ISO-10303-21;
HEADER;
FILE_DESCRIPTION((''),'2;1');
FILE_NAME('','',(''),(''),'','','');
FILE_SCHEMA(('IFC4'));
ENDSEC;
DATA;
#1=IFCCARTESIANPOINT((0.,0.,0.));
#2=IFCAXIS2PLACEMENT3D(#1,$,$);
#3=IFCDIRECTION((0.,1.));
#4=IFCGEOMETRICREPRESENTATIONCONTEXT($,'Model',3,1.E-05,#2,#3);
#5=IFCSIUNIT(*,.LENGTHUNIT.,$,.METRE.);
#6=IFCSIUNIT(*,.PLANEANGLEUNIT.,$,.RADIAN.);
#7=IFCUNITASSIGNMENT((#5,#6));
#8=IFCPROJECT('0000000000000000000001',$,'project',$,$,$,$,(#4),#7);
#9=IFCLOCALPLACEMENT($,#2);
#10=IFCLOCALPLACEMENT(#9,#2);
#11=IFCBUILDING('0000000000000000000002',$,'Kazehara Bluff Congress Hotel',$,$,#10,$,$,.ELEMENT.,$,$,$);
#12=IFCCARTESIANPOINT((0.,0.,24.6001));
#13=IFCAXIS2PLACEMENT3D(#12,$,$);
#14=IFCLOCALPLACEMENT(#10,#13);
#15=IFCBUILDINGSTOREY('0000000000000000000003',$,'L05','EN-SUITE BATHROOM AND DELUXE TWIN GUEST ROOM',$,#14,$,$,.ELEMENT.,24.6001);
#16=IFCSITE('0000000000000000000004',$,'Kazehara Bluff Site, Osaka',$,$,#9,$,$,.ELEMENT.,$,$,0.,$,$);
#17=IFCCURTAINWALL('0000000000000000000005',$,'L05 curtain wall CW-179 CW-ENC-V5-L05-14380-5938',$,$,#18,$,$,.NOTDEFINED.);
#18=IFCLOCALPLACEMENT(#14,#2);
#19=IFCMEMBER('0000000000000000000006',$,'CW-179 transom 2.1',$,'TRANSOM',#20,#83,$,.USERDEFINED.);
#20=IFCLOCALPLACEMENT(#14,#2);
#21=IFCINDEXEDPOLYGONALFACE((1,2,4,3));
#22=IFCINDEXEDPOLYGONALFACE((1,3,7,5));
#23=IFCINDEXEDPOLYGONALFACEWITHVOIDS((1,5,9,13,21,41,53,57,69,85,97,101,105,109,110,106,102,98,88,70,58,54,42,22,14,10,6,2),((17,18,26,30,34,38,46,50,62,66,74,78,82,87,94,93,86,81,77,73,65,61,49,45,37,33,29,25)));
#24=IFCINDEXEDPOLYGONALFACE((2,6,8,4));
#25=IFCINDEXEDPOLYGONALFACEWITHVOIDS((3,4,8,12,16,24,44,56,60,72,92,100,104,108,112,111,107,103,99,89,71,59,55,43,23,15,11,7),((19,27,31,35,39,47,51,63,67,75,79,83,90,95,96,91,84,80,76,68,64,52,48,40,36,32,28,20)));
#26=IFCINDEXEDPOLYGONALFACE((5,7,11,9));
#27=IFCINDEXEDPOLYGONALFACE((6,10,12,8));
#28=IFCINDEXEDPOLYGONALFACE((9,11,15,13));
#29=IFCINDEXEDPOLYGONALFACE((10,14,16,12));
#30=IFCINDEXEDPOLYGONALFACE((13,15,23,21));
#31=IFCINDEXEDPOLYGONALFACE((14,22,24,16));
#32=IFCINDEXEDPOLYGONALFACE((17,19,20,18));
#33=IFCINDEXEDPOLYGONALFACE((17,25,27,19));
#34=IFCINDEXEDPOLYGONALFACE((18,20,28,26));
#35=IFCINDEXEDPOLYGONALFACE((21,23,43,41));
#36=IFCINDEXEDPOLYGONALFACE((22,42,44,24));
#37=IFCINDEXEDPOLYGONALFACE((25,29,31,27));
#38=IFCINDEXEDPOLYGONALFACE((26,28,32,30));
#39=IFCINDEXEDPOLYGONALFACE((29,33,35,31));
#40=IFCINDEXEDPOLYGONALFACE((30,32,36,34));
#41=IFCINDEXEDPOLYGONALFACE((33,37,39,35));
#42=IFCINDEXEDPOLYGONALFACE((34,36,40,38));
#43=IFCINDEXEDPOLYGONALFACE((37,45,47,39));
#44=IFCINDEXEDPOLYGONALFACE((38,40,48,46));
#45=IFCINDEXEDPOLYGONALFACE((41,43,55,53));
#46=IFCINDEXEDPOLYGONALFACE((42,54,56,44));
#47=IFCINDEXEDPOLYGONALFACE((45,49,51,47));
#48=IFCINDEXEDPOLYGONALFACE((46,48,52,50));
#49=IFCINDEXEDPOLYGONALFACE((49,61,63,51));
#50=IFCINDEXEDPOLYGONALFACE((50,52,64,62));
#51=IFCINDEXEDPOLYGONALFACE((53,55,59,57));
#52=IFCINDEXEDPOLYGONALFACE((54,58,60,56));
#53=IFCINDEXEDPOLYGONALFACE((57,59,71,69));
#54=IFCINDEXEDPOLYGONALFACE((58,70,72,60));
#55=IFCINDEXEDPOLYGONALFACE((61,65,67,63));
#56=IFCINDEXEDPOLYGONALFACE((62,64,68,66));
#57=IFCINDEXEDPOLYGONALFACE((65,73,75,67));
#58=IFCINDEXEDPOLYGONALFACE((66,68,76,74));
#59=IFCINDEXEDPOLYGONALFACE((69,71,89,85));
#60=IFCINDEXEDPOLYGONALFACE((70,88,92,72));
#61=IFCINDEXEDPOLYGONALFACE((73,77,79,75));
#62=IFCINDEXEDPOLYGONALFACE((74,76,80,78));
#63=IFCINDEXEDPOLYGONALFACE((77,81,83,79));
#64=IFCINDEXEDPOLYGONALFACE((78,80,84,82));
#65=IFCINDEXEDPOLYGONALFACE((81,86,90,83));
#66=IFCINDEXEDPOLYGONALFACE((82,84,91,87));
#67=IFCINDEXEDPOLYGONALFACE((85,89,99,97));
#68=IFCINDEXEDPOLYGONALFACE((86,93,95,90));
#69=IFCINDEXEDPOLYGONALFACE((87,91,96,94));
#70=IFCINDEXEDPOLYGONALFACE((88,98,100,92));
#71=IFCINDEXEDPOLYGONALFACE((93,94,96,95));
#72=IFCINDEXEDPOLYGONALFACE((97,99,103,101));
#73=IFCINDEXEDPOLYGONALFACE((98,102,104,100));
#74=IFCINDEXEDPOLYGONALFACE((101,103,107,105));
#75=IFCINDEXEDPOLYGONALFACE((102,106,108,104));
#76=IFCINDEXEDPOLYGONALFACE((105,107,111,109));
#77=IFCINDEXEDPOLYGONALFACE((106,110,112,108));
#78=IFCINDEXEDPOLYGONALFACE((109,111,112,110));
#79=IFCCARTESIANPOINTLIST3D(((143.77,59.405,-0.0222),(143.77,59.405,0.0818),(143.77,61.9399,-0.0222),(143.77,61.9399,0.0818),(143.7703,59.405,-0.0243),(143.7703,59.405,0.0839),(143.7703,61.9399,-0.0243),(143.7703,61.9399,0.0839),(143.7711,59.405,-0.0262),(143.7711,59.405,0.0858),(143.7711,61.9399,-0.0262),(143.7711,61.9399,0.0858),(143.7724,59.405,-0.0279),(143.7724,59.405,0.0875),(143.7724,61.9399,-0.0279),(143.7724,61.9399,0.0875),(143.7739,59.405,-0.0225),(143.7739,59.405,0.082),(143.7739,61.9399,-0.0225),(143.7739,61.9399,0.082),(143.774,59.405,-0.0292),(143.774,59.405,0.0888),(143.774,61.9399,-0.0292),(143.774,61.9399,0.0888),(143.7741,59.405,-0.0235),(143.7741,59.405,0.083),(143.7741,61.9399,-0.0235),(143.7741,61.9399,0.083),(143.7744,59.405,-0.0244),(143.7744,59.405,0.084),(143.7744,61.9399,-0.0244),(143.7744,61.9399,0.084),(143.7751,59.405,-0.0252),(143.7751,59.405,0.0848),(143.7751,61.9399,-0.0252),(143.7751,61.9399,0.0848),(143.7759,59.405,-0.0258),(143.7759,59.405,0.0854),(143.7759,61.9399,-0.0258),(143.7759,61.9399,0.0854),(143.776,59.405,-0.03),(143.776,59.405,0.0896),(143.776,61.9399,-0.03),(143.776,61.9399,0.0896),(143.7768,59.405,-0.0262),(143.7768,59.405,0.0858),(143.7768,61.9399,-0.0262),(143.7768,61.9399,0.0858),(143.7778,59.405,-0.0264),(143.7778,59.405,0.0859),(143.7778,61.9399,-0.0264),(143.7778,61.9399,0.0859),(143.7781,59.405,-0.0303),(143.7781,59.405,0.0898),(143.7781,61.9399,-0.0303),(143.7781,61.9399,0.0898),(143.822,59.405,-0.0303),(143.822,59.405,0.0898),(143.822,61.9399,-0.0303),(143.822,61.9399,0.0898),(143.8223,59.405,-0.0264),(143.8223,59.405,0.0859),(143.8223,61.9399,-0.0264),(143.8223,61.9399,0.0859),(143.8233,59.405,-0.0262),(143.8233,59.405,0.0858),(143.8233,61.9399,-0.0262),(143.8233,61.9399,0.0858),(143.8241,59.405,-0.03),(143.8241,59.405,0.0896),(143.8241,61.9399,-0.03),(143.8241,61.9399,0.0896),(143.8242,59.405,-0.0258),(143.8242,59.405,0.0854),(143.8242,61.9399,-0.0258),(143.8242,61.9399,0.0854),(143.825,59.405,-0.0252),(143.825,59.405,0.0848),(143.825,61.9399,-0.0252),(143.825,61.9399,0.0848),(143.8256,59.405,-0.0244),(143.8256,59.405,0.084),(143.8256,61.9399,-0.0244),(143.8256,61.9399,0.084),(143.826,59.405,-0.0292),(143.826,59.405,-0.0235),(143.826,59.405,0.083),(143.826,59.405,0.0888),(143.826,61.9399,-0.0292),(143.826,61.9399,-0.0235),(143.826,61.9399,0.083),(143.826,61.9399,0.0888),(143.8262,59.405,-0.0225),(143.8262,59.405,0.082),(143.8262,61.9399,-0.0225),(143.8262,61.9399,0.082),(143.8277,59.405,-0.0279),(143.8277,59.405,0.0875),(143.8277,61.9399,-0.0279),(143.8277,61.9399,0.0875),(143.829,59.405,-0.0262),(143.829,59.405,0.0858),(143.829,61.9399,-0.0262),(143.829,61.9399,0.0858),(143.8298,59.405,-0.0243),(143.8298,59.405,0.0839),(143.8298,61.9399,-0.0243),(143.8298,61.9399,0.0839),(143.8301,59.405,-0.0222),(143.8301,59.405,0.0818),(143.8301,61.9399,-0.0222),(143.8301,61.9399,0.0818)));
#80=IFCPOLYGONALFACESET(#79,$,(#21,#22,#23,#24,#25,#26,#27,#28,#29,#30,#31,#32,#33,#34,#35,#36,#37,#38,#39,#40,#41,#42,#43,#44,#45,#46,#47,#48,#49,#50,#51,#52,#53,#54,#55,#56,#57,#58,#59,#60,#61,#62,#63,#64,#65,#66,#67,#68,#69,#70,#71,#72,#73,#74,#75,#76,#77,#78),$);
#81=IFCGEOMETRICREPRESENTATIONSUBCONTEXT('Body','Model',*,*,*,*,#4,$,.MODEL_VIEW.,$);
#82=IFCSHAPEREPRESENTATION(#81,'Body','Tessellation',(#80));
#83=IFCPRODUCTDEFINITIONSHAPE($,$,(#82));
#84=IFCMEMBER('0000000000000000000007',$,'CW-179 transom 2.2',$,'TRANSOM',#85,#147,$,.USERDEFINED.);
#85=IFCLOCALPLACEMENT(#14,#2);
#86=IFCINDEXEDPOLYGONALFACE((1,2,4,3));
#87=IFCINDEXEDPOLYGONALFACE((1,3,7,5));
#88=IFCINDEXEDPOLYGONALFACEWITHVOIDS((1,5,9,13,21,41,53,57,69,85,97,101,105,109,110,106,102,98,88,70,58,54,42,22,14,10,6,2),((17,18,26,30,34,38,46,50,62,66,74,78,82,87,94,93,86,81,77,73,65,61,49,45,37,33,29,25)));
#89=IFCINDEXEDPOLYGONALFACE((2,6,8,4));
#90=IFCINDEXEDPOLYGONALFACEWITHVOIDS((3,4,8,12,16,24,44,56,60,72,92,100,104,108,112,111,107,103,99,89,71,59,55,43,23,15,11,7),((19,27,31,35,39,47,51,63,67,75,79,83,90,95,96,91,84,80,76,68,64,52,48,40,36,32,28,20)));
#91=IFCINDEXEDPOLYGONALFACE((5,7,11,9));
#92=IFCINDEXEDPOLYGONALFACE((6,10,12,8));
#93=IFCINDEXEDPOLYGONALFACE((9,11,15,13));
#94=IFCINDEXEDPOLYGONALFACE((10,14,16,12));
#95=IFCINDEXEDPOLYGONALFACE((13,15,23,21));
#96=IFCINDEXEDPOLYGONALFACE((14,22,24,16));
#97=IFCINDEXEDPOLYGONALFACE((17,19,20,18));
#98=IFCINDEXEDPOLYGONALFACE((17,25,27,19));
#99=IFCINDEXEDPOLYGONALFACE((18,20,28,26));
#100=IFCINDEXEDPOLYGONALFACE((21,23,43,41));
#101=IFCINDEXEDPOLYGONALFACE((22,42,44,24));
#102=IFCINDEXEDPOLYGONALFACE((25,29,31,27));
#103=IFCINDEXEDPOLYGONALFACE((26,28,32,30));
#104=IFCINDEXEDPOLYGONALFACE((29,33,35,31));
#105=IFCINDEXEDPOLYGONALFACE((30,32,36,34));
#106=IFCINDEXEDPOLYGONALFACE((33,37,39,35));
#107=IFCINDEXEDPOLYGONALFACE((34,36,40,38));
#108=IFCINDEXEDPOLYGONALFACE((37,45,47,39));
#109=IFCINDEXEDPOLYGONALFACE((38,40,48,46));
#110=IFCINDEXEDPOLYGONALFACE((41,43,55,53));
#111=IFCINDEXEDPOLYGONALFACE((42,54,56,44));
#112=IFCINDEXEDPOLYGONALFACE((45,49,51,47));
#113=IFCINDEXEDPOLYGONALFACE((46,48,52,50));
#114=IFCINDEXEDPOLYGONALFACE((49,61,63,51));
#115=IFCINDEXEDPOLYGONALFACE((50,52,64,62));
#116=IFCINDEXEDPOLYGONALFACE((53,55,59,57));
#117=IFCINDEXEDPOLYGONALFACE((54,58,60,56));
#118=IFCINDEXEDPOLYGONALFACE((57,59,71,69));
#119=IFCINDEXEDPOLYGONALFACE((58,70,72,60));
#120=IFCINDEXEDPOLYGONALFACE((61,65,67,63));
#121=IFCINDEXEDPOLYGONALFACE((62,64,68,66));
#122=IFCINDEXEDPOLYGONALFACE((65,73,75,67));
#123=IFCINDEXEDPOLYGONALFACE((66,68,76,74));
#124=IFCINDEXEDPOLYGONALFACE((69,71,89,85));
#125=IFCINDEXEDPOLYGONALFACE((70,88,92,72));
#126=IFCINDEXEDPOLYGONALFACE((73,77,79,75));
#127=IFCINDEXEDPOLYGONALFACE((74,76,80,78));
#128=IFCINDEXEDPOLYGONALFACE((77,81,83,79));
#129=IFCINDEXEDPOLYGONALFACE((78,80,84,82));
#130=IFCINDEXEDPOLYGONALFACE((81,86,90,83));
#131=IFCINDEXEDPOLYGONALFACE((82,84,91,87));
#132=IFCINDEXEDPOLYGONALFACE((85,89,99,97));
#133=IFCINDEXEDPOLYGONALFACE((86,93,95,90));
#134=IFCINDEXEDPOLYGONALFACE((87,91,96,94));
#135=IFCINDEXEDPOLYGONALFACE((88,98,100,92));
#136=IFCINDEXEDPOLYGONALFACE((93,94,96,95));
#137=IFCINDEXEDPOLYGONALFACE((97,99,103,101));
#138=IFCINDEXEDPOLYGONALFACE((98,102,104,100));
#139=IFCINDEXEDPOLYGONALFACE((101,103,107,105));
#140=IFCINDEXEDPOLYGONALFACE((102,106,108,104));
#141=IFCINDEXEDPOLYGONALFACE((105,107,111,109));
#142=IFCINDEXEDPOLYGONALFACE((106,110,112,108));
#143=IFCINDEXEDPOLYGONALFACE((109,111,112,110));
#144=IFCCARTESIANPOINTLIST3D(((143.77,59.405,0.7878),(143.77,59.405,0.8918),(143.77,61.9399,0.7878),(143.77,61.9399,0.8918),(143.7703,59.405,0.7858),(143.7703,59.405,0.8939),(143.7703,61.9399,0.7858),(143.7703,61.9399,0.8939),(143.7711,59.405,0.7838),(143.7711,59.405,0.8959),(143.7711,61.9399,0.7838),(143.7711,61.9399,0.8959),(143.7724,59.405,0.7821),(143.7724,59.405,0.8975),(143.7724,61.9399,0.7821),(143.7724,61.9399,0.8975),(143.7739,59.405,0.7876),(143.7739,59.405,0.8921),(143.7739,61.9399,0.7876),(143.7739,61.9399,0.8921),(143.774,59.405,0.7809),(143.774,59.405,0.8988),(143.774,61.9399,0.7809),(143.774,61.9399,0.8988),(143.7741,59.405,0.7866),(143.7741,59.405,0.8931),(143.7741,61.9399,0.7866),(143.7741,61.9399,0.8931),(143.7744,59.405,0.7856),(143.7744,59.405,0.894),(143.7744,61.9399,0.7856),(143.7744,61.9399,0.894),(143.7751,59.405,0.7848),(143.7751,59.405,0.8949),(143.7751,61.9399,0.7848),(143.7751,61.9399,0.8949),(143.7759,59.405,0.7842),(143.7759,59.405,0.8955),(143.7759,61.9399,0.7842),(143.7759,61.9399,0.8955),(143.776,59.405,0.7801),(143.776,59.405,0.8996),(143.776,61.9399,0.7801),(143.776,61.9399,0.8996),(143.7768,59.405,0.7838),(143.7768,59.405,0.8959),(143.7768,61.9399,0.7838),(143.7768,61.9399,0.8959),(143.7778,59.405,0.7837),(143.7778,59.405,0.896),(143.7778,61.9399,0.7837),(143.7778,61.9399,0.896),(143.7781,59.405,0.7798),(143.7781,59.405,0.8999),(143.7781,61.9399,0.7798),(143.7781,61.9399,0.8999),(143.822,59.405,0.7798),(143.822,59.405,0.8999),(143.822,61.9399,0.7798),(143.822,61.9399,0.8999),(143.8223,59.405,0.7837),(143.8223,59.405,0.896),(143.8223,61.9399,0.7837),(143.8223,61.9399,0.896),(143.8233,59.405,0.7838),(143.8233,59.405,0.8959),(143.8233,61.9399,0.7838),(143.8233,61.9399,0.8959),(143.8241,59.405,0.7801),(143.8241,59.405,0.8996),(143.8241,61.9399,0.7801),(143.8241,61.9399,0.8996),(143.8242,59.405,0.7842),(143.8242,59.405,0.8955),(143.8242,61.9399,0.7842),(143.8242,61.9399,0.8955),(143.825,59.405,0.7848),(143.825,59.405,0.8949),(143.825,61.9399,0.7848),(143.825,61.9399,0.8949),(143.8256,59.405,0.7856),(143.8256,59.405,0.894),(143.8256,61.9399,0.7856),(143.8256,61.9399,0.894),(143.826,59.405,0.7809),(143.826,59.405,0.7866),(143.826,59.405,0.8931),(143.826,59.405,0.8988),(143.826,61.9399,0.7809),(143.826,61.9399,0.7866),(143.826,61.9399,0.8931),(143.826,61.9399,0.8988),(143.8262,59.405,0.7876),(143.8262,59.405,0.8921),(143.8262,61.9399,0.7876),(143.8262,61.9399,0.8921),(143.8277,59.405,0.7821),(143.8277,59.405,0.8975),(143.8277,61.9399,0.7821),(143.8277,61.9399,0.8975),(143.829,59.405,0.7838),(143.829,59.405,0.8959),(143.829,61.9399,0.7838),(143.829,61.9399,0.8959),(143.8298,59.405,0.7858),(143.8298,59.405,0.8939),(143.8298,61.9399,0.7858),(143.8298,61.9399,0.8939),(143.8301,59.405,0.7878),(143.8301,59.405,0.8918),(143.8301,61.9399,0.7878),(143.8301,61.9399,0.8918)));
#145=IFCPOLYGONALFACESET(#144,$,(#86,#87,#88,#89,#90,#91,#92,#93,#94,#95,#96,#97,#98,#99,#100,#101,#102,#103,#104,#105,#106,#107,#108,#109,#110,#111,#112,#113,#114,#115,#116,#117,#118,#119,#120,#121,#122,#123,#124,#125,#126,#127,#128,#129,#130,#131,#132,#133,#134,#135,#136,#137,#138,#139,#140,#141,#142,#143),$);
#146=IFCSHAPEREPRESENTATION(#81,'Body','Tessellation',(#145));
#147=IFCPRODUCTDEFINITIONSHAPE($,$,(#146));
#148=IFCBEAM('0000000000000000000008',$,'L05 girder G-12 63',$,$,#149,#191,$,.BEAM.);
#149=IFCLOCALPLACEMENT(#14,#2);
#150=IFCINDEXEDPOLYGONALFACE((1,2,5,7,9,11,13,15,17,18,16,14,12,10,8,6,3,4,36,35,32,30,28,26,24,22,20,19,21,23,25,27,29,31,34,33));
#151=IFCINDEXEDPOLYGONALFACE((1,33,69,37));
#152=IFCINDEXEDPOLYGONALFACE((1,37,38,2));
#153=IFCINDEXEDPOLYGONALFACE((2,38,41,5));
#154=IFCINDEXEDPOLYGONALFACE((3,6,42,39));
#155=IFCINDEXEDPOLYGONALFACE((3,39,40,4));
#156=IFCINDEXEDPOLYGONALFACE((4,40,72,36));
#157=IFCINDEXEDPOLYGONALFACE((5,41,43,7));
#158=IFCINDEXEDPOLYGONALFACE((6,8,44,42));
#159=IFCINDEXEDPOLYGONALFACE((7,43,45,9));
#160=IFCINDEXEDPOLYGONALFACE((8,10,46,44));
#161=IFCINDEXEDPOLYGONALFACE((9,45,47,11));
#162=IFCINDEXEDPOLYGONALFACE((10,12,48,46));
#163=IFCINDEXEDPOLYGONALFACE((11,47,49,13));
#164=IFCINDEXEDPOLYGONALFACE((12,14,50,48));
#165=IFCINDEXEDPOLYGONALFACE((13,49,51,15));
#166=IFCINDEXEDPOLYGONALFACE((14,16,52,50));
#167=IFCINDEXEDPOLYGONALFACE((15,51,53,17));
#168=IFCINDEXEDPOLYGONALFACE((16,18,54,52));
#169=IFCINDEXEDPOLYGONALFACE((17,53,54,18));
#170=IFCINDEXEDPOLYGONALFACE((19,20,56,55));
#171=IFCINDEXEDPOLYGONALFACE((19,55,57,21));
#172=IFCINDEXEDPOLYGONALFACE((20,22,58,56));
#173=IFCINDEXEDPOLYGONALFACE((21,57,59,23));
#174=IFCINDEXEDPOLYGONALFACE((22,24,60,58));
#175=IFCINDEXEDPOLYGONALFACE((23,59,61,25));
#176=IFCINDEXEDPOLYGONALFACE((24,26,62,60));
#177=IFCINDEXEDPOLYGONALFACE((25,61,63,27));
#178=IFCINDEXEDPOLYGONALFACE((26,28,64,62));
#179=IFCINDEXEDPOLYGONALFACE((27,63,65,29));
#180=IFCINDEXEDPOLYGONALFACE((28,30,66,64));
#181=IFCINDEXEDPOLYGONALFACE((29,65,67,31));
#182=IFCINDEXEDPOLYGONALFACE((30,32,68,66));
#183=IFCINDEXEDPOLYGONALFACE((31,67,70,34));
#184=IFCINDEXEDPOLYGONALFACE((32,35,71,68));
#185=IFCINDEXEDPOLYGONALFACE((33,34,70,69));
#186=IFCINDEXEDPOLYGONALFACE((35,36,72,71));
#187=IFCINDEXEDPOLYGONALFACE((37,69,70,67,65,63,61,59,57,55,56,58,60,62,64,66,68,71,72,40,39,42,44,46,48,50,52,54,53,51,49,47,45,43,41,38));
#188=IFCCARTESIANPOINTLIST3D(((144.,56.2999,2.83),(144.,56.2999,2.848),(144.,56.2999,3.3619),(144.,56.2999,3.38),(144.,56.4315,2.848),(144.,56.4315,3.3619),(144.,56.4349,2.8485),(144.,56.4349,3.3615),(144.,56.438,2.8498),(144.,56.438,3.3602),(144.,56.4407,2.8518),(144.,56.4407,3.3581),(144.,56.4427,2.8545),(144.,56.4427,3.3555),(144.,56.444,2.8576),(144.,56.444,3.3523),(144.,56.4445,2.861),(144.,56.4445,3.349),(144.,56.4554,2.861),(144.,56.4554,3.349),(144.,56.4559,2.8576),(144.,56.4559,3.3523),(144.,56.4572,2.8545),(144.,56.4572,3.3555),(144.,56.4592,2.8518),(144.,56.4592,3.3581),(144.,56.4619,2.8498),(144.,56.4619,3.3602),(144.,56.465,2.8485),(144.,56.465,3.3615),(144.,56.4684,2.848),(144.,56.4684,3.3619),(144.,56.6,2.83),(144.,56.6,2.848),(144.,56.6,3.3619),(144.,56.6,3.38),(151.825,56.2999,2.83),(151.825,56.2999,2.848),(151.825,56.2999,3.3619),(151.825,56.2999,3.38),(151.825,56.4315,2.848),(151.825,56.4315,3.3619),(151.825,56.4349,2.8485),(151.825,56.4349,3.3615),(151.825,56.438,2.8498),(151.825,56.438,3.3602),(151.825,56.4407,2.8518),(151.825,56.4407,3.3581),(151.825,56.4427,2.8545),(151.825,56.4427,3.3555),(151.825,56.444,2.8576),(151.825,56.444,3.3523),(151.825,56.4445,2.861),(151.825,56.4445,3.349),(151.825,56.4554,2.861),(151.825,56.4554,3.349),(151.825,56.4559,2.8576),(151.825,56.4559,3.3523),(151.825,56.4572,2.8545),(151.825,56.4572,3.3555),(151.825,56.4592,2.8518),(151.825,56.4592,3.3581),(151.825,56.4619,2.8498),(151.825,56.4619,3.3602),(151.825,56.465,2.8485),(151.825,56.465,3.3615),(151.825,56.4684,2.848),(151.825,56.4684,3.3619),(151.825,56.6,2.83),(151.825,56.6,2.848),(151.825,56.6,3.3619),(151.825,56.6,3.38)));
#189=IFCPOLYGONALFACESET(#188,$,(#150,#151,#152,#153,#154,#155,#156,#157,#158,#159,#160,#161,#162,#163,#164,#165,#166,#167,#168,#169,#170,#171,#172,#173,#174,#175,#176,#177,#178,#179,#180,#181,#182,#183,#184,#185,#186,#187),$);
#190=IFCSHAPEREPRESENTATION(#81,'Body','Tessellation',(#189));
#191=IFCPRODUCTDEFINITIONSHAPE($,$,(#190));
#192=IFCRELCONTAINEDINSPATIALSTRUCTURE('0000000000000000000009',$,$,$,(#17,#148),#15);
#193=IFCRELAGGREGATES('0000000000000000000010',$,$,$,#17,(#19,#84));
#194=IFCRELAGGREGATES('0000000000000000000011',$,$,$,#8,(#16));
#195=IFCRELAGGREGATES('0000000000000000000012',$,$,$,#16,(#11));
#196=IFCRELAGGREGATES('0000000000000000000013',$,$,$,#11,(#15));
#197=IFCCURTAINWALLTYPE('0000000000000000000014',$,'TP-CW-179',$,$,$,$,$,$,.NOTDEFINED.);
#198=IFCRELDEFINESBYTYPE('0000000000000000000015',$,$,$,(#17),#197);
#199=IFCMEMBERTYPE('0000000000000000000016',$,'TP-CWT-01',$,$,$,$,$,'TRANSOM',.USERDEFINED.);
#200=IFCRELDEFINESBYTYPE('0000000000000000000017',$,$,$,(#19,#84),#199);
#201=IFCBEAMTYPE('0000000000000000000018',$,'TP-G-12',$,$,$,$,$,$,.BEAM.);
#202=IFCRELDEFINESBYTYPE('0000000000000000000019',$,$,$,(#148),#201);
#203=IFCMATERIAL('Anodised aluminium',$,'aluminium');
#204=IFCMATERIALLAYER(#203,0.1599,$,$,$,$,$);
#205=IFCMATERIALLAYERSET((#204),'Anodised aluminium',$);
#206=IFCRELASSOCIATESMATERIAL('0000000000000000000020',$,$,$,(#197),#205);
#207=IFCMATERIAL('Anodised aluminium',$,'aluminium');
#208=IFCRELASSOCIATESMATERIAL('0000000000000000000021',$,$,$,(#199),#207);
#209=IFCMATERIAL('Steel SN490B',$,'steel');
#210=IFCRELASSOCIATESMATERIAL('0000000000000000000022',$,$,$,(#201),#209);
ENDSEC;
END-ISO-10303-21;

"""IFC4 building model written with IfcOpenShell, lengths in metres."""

from ifc_helpers import new_model, si_unit, direction, frame, origin, origin_2d, place, context, subcontext, project, spatial, hollow_rectangle, i_section, extrude, material, layer, layer_set, material_profile, profile_set, type_object, element, aggregate, save


model = new_model("IFC4")

# Units and contexts
model_context = context("Model", 3, precision=1e-05, world=origin(), true_north=direction((0.0, 1.0)))
body_context = subcontext(model_context, "Body", "Model", "MODEL_VIEW")
ifc_project = project(units=[si_unit("LENGTHUNIT", "METRE"), si_unit("PLANEANGLEUNIT", "RADIAN")], contexts=[model_context])

# Site, building, storey
site_placement = place(None, origin())
site = spatial("IfcSite", under=ifc_project, at=site_placement, Name="Kazehara Bluff Site, Osaka", CompositionType="ELEMENT", RefElevation=0.0)
building_placement = place(site_placement, origin())
building = spatial("IfcBuilding", under=site, at=building_placement, Name="Kazehara Bluff Congress Hotel", CompositionType="ELEMENT")
storey_placement = place(building_placement, frame((0.0, 0.0, 24.6001)))
storey = spatial("IfcBuildingStorey", under=building, at=storey_placement, Name="L05", Description="EN-SUITE BATHROOM AND DELUXE TWIN GUEST ROOM", CompositionType="ELEMENT", Elevation=24.6001)

# Curtain wall
ifc_material_1 = material(Name="Anodised aluminium", Category="aluminium")
ifc_layer_1 = layer(ifc_material_1, 0.1599)
ifc_layer_set_1 = layer_set([ifc_layer_1], Name="Anodised aluminium")
curtain_wall_type_1 = type_object("IfcCurtainWallType", Name="TP-CW-179", PredefinedType="NOTDEFINED", material=ifc_layer_set_1)
curtain_wall_1_placement = place(storey_placement, origin())
curtain_wall_1 = element("IfcCurtainWall", 1, at=curtain_wall_1_placement, inside=storey, type_object=curtain_wall_type_1, Name="L05 curtain wall CW-179 CW-ENC-V5-L05-14380-5938", PredefinedType="NOTDEFINED")

# Members
ifc_material_2 = material(Name="Anodised aluminium", Category="aluminium")
ifc_material_profile_1 = material_profile(ifc_material_2, hollow_rectangle(XDim=0.0601, YDim=0.1201, WallThickness=0.0039, InnerFilletRadius=0.0039, OuterFilletRadius=0.0081, at=origin_2d()))
ifc_profile_set_1 = profile_set([ifc_material_profile_1], Name="Anodised aluminium")
member_type_1 = type_object("IfcMemberType", Name="TP-CWT-01", ElementType="TRANSOM", PredefinedType="USERDEFINED", material=ifc_profile_set_1)
member_1_placement = place(storey_placement, frame((143.8, 59.405, 0.0298), z_axis=(0.0, 1.0, 0.0), x_axis=(-1.0, 0.0, 0.0)))
member_1 = element("IfcMember", 2, at=member_1_placement, type_object=member_type_1, Name="CW-179 transom 2.1", ObjectType="TRANSOM", PredefinedType="USERDEFINED", context=body_context, shape_type="SweptSolid", body=[
    extrude(hollow_rectangle(XDim=0.0601, YDim=0.1201, WallThickness=0.0039, InnerFilletRadius=0.0039, OuterFilletRadius=0.0081, at=origin_2d()), origin(), (0.0, 0.0, 1.0), 2.5349),
])
member_2_placement = place(storey_placement, frame((143.8, 59.405, 0.8398), z_axis=(0.0, 1.0, 0.0), x_axis=(-1.0, 0.0, 0.0)))
member_2 = element("IfcMember", 3, at=member_2_placement, type_object=member_type_1, Name="CW-179 transom 2.2", ObjectType="TRANSOM", PredefinedType="USERDEFINED", context=body_context, shape_type="SweptSolid", body=[
    extrude(hollow_rectangle(XDim=0.0601, YDim=0.1201, WallThickness=0.0039, InnerFilletRadius=0.0039, OuterFilletRadius=0.0081, at=origin_2d()), origin(), (0.0, 0.0, 1.0), 2.5349),
])

# Beam
ifc_material_3 = material(Name="Steel SN490B", Category="steel")
ifc_material_profile_2 = material_profile(ifc_material_3, i_section(OverallWidth=0.3, OverallDepth=0.55, WebThickness=0.011, FlangeThickness=0.0181, FilletRadius=0.0129, at=origin_2d()))
ifc_profile_set_2 = profile_set([ifc_material_profile_2], Name="Steel SN490B")
beam_type = type_object("IfcBeamType", Name="TP-G-12", PredefinedType="BEAM", material=ifc_profile_set_2)
beam_placement = place(storey_placement, frame((144.0, 56.45, 3.105), z_axis=(1.0, 0.0, 0.0), x_axis=(0.0, 1.0, 0.0)))
element("IfcBeam", 4, at=beam_placement, inside=storey, type_object=beam_type, Name="L05 girder G-12 63", PredefinedType="BEAM", context=body_context, shape_type="SweptSolid", body=[
    extrude(i_section(OverallWidth=0.3, OverallDepth=0.55, WebThickness=0.011, FlangeThickness=0.0181, FilletRadius=0.0129, at=origin_2d()), origin(), (0.0, 0.0, 1.0), 7.825),
])

aggregate(curtain_wall_1, [member_1, member_2])

save(model, "model.ifc")
